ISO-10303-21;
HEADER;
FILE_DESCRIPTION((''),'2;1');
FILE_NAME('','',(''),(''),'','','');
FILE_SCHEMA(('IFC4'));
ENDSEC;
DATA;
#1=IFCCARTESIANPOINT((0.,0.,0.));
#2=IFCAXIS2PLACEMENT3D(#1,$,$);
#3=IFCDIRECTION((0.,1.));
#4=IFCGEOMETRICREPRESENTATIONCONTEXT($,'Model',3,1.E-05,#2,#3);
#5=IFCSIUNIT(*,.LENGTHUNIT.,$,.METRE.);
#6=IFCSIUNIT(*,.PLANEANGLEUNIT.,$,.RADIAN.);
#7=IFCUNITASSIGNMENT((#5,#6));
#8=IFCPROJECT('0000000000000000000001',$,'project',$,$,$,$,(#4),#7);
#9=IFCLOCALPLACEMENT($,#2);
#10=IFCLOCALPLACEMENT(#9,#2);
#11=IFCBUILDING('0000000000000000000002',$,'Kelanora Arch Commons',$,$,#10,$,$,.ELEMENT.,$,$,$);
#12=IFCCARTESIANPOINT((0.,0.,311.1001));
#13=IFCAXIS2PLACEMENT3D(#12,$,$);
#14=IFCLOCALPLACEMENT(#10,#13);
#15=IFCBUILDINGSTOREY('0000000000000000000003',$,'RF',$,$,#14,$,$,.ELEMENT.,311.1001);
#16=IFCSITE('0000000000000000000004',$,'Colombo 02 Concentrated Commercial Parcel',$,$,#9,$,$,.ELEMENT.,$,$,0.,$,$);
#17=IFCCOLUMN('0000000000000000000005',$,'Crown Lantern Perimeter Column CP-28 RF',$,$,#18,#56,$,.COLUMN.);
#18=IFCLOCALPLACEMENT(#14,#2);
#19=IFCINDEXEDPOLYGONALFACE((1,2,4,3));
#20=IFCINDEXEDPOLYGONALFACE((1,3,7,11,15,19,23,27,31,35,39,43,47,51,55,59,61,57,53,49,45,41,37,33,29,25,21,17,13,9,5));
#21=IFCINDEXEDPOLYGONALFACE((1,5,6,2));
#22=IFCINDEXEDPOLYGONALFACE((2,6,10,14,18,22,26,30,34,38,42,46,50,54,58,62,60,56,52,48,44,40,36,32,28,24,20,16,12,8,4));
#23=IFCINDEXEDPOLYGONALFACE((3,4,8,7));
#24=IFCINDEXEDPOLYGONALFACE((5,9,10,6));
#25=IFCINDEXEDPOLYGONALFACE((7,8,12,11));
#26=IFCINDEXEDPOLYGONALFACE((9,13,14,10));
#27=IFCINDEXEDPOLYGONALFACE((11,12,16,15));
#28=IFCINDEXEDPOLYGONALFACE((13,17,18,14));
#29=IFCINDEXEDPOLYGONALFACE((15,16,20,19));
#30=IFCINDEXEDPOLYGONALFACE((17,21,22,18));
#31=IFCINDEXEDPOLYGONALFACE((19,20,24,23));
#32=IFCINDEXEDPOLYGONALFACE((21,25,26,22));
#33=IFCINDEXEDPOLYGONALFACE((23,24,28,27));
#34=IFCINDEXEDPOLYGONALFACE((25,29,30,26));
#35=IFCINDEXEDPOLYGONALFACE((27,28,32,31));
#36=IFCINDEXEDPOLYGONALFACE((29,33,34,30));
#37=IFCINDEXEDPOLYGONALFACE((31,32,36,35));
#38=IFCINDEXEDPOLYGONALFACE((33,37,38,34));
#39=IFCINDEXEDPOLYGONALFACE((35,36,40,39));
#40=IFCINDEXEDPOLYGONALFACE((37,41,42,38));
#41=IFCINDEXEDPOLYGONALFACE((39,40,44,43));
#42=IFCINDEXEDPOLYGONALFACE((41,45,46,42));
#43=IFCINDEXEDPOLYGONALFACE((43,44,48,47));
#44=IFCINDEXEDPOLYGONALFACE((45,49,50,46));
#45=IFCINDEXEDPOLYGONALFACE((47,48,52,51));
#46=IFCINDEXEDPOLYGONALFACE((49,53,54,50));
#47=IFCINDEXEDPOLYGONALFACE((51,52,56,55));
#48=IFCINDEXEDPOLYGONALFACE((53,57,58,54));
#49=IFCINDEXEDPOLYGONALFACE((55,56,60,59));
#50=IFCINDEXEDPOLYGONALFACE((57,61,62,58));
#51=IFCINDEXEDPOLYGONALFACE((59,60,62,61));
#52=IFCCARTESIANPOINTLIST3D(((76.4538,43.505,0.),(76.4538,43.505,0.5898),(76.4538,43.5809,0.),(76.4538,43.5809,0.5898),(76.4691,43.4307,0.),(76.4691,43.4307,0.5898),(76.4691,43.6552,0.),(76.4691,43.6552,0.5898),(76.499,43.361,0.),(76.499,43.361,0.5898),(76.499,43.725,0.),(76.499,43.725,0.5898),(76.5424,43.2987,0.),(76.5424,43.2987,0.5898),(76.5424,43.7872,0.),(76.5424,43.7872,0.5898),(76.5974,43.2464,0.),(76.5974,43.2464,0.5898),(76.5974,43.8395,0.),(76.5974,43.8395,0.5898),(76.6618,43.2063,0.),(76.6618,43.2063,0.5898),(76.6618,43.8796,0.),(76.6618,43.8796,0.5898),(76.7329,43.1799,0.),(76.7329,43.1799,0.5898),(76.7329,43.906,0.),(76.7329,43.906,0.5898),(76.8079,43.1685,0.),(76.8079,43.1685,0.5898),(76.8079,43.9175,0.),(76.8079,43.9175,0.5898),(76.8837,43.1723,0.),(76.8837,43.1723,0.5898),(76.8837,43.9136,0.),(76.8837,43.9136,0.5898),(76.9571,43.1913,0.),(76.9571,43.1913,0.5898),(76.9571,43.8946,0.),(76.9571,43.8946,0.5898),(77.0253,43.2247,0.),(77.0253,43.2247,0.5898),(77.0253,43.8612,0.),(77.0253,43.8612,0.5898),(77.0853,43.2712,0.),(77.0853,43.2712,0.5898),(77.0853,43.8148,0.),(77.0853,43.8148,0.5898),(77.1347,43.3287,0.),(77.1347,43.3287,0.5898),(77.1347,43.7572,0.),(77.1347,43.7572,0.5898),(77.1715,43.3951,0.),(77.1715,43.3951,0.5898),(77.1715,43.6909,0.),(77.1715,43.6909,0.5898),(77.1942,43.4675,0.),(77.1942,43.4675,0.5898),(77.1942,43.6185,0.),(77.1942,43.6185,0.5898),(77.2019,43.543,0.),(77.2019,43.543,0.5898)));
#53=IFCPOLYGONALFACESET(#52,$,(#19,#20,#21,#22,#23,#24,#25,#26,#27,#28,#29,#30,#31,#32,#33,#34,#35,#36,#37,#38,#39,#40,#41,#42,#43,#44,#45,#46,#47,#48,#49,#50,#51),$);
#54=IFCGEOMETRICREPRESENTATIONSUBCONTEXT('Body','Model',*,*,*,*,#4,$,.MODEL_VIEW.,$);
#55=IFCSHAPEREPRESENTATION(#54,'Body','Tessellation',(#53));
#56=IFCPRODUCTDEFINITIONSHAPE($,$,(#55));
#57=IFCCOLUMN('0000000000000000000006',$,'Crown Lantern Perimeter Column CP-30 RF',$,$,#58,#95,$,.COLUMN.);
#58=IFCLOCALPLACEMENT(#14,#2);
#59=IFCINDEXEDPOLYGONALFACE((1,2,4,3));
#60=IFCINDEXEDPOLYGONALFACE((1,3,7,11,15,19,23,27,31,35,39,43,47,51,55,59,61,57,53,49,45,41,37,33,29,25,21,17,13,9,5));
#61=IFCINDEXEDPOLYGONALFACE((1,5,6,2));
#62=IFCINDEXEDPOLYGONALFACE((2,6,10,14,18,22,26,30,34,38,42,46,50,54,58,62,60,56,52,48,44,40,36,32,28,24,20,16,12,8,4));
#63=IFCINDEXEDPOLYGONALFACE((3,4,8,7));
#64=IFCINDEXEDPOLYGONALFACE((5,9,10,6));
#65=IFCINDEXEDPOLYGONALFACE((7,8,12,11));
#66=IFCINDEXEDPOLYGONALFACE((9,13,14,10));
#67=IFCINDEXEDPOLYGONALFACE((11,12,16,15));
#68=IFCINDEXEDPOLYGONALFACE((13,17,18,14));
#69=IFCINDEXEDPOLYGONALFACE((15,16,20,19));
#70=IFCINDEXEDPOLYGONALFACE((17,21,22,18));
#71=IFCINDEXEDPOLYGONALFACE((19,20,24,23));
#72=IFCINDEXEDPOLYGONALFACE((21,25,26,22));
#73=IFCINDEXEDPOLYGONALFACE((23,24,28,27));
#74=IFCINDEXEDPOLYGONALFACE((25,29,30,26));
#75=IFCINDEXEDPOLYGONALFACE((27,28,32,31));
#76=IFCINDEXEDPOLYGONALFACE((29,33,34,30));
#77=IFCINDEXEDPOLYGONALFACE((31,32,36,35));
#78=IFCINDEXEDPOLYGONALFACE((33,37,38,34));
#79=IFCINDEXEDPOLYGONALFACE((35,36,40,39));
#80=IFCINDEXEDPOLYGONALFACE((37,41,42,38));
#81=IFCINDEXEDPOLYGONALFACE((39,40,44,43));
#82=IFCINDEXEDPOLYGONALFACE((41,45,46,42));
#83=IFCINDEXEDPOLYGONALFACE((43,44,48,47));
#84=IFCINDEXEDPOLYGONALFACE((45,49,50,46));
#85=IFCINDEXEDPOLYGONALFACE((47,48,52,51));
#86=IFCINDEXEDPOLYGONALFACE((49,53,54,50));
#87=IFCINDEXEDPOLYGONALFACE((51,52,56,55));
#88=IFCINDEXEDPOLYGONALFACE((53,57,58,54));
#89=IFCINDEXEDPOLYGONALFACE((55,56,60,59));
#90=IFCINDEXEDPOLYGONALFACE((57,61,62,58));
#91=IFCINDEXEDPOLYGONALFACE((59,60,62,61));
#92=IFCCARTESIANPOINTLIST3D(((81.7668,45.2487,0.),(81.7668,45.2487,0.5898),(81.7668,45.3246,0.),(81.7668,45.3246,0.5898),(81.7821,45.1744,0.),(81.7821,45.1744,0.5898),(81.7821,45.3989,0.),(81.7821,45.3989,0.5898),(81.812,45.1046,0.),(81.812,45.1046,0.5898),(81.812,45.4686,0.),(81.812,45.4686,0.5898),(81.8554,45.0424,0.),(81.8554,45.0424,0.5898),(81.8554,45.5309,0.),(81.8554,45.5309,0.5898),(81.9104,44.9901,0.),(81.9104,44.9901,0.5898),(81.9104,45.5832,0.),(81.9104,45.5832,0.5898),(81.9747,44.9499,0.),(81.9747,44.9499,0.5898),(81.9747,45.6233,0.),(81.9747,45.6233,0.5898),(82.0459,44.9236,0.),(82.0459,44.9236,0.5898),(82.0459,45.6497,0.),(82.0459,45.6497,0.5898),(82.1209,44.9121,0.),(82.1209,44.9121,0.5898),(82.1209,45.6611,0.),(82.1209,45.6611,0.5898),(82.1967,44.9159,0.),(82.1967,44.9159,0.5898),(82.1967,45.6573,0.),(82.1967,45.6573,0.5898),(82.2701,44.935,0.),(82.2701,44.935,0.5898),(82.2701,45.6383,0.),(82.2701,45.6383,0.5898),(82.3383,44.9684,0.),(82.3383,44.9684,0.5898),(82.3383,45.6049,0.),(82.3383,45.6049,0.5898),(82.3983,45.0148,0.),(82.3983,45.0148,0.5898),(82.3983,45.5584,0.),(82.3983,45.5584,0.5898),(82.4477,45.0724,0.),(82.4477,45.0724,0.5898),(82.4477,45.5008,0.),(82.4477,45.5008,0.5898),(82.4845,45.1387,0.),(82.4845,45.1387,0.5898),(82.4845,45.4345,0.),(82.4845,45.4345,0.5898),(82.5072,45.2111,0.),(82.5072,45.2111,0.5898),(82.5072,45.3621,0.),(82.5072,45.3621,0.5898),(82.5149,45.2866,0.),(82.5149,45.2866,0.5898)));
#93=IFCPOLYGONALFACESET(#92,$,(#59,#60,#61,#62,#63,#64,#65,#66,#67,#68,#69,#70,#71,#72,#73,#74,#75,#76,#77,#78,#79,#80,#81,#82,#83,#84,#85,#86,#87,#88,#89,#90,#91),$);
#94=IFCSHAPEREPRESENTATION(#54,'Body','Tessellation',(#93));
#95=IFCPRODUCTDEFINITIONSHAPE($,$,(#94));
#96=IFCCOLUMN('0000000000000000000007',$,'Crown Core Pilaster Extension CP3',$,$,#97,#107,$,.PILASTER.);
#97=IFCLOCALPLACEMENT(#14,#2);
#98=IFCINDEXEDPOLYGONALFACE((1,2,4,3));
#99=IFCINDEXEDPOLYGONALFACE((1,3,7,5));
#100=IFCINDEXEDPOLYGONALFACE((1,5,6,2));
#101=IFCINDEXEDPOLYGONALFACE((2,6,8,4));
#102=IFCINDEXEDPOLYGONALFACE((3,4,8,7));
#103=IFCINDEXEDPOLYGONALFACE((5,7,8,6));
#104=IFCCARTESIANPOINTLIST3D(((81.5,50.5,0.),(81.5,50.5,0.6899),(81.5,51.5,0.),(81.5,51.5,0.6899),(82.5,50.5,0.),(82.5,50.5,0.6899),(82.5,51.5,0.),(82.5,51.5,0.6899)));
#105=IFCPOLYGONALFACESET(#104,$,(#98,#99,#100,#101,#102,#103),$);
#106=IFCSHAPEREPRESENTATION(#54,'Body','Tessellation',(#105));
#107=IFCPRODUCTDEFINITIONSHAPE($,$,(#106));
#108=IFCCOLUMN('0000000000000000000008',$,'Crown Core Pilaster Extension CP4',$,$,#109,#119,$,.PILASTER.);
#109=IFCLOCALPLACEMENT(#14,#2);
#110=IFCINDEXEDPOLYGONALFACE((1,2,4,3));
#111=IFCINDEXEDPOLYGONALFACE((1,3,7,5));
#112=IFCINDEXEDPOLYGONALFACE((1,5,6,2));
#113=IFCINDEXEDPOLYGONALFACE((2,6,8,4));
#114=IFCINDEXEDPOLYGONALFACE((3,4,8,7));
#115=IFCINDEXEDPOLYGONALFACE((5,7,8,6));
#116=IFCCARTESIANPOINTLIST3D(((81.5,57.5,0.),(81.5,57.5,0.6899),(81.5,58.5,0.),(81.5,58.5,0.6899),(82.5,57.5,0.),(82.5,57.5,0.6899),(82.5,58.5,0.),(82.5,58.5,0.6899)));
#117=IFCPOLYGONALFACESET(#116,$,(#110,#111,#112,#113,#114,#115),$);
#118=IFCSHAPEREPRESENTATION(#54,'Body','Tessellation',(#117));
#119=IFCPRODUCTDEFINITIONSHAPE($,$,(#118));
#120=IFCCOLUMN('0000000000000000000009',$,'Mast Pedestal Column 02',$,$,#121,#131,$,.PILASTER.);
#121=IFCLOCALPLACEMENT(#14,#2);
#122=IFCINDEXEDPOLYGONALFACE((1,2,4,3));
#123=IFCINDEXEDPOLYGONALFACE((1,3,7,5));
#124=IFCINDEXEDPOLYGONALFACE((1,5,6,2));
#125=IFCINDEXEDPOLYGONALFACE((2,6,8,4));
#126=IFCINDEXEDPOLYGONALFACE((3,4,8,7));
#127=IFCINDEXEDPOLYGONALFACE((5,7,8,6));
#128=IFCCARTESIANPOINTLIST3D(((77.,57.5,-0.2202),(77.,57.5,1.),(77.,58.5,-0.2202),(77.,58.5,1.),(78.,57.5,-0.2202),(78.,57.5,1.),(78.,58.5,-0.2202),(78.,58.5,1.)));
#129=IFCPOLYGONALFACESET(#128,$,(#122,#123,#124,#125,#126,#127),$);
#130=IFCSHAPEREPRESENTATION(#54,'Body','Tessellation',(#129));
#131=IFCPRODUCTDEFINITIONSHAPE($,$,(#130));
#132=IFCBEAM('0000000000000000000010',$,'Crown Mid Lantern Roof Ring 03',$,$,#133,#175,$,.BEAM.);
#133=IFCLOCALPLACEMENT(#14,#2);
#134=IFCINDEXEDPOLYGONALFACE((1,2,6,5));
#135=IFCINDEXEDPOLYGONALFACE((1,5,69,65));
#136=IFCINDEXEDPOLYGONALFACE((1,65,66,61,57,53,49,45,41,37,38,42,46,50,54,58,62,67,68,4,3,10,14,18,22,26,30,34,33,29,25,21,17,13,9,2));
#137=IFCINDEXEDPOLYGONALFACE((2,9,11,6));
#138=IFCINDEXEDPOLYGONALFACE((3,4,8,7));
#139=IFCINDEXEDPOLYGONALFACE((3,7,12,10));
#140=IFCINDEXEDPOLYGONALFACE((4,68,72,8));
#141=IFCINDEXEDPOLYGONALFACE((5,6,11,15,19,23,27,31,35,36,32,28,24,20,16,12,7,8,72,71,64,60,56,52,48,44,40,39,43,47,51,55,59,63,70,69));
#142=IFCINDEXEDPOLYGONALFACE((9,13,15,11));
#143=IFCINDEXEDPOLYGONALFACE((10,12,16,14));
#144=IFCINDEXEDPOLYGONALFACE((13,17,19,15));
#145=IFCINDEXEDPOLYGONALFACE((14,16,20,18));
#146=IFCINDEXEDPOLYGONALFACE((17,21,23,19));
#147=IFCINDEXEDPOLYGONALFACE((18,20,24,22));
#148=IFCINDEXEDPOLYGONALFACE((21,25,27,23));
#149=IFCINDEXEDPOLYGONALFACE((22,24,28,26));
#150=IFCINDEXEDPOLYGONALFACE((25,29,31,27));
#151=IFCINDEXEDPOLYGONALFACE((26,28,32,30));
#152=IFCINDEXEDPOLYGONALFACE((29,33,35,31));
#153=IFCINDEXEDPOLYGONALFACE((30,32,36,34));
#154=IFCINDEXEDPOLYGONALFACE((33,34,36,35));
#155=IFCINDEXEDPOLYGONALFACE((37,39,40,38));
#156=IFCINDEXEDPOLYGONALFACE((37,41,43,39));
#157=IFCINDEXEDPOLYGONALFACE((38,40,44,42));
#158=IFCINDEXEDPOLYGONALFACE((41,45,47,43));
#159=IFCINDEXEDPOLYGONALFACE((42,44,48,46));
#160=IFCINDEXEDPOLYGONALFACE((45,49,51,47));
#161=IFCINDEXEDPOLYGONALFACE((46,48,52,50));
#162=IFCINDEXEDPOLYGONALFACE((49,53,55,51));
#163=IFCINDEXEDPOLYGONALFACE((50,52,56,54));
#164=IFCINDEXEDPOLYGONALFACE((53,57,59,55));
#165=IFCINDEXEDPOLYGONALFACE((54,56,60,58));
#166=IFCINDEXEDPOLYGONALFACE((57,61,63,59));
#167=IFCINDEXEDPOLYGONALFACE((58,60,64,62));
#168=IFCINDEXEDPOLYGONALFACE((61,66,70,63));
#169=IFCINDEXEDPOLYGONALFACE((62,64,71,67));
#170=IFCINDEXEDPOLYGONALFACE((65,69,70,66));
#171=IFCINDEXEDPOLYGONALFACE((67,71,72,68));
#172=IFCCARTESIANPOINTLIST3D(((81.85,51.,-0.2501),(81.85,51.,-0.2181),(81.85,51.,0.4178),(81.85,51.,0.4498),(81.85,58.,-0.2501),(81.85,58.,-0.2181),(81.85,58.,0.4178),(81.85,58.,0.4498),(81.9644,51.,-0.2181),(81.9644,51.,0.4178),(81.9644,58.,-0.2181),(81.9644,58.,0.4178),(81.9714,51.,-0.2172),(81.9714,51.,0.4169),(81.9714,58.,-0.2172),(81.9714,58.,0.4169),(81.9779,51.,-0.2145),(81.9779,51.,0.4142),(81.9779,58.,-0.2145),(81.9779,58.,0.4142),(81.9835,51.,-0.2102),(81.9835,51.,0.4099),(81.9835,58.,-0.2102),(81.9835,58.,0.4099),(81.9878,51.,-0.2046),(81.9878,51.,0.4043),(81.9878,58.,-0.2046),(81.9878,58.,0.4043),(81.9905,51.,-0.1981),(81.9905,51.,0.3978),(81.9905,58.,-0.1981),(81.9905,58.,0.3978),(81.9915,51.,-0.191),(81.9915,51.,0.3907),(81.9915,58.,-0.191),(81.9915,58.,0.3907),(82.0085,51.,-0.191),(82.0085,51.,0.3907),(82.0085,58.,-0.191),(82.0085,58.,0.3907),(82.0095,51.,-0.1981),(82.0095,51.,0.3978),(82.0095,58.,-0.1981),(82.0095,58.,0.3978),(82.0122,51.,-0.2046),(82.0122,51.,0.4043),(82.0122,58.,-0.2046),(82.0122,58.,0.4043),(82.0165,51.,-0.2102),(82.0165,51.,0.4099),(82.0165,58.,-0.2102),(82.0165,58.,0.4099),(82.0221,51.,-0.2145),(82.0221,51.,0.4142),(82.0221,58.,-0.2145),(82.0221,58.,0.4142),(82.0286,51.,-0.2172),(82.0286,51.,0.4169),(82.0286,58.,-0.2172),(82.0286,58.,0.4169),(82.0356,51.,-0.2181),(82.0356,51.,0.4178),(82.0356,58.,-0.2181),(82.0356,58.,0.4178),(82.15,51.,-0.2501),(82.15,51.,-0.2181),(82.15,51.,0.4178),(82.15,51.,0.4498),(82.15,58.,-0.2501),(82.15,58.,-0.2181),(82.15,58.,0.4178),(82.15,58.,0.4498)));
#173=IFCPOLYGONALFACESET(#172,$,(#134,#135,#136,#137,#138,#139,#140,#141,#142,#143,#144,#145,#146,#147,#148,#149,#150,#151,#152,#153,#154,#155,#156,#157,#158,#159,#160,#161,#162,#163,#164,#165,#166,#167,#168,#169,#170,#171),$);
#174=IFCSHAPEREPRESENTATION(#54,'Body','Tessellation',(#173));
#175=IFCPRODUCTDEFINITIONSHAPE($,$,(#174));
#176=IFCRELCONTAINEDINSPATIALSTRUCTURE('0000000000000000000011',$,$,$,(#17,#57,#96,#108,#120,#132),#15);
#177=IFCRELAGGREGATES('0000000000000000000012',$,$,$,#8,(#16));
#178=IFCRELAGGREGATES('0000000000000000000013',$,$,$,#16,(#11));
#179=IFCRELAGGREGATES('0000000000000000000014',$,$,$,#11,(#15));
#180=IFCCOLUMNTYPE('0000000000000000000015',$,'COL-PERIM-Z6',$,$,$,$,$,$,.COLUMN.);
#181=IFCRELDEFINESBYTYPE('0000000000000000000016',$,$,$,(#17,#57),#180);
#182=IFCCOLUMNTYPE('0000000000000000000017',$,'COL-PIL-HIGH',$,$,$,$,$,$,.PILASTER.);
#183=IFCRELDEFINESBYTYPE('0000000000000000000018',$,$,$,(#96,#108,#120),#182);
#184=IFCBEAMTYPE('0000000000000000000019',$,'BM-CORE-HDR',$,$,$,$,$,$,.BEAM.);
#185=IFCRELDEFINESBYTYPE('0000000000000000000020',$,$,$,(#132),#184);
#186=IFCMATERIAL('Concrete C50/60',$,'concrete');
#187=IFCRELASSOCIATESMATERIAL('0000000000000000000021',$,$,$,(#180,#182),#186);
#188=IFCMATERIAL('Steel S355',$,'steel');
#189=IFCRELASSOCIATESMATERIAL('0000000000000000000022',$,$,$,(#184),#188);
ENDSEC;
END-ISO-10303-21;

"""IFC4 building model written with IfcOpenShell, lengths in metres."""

from ifc_helpers import new_model, si_unit, direction, frame, origin, origin_2d, place, context, subcontext, project, spatial, rectangle, circle, i_section, extrude, material, material_profile, profile_set, type_object, element, save


model = new_model("IFC4")

# Units and contexts
model_context = context("Model", 3, precision=1e-05, world=origin(), true_north=direction((0.0, 1.0)))
body_context = subcontext(model_context, "Body", "Model", "MODEL_VIEW")
ifc_project = project(units=[si_unit("LENGTHUNIT", "METRE"), si_unit("PLANEANGLEUNIT", "RADIAN")], contexts=[model_context])

# Site, building, storey
site_placement = place(None, origin())
site = spatial("IfcSite", under=ifc_project, at=site_placement, Name="Colombo 02 Concentrated Commercial Parcel", CompositionType="ELEMENT", RefElevation=0.0)
building_placement = place(site_placement, origin())
building = spatial("IfcBuilding", under=site, at=building_placement, Name="Kelanora Arch Commons", CompositionType="ELEMENT")
storey_placement = place(building_placement, frame((0.0, 0.0, 311.1001)))
storey = spatial("IfcBuildingStorey", under=building, at=storey_placement, Name="RF", CompositionType="ELEMENT", Elevation=311.1001)

# Columns
ifc_material_1 = material(Name="Concrete C50/60", Category="concrete")
ifc_material_profile_1 = material_profile(ifc_material_1, circle(Radius=0.375, at=origin_2d()), Name="RCC750")
ifc_profile_set_1 = profile_set([ifc_material_profile_1], Name="Concrete C50/60")
column_type_1 = type_object("IfcColumnType", Name="COL-PERIM-Z6", PredefinedType="COLUMN", material=ifc_profile_set_1)
for number, where, z_axis, x_axis, name in (
    (1, (76.8269, 43.543, 0.0), (0.0, 0.0, 1.0), (1.0, 0.0, 0.0), "Crown Lantern Perimeter Column CP-28 RF"),
    (2, (82.1399, 45.2866, 0.0), (0.0, 0.0, 1.0), (1.0, 0.0, 0.0), "Crown Lantern Perimeter Column CP-30 RF"),
):
    element("IfcColumn", number, at=place(storey_placement, frame(where, z_axis=z_axis, x_axis=x_axis)), inside=storey, type_object=column_type_1, Name=name, PredefinedType="COLUMN", context=body_context, shape_type="SweptSolid", body=[
        extrude(circle(Radius=0.375, at=origin_2d()), origin(), (0.0, 0.0, 1.0), 0.5898),
    ])
ifc_material_profile_2 = material_profile(ifc_material_1, rectangle(XDim=1.0, YDim=1.0, at=origin_2d()), Name="RC1000x1000")
ifc_profile_set_2 = profile_set([ifc_material_profile_2], Name="Concrete C50/60")
column_type_2 = type_object("IfcColumnType", Name="COL-PIL-HIGH", PredefinedType="PILASTER", material=ifc_profile_set_2)
for number, where, z_axis, x_axis, name in (
    (3, (82.0, 51.0, 0.0), (0.0, 0.0, 1.0), (1.0, 0.0, 0.0), "Crown Core Pilaster Extension CP3"),
    (4, (82.0, 58.0, 0.0), (0.0, 0.0, 1.0), (1.0, 0.0, 0.0), "Crown Core Pilaster Extension CP4"),
):
    element("IfcColumn", number, at=place(storey_placement, frame(where, z_axis=z_axis, x_axis=x_axis)), inside=storey, type_object=column_type_2, Name=name, PredefinedType="PILASTER", context=body_context, shape_type="SweptSolid", body=[
        extrude(rectangle(XDim=1.0, YDim=1.0, at=origin_2d()), origin(), (0.0, 0.0, 1.0), 0.6899),
    ])
column_placement = place(storey_placement, frame((77.5, 58.0, -0.2202), z_axis=(0.0, 0.0, 1.0), x_axis=(1.0, 0.0, 0.0)))
element("IfcColumn", 5, at=column_placement, inside=storey, type_object=column_type_2, Name="Mast Pedestal Column 02", PredefinedType="PILASTER", context=body_context, shape_type="SweptSolid", body=[
    extrude(rectangle(XDim=1.0, YDim=1.0, at=origin_2d()), origin(), (0.0, 0.0, 1.0), 1.2202),
])

# Beam
ifc_material_2 = material(Name="Steel S355", Category="steel")
ifc_material_profile_3 = material_profile(ifc_material_2, i_section(OverallWidth=0.3, OverallDepth=0.7, WebThickness=0.0171, FlangeThickness=0.032, FilletRadius=0.0271, at=origin_2d()), Name="HEB700")
ifc_profile_set_3 = profile_set([ifc_material_profile_3], Name="Steel S355")
beam_type_1 = type_object("IfcBeamType", Name="BM-CORE-HDR", PredefinedType="BEAM", material=ifc_profile_set_3)
for number, where, z_axis, x_axis, name in (
    (6, (82.0, 51.0, 0.0999), (0.0, 1.0, 0.0), (-1.0, 0.0, 0.0), "Crown Mid Lantern Roof Ring 03"),
):
    element("IfcBeam", number, at=place(storey_placement, frame(where, z_axis=z_axis, x_axis=x_axis)), inside=storey, type_object=beam_type_1, Name=name, PredefinedType="BEAM", context=body_context, shape_type="SweptSolid", body=[
        extrude(i_section(OverallWidth=0.3, OverallDepth=0.7, WebThickness=0.0171, FlangeThickness=0.032, FilletRadius=0.0271, at=origin_2d()), origin(), (0.0, 0.0, 1.0), 7.0),
    ])

save(model, "model.ifc")
